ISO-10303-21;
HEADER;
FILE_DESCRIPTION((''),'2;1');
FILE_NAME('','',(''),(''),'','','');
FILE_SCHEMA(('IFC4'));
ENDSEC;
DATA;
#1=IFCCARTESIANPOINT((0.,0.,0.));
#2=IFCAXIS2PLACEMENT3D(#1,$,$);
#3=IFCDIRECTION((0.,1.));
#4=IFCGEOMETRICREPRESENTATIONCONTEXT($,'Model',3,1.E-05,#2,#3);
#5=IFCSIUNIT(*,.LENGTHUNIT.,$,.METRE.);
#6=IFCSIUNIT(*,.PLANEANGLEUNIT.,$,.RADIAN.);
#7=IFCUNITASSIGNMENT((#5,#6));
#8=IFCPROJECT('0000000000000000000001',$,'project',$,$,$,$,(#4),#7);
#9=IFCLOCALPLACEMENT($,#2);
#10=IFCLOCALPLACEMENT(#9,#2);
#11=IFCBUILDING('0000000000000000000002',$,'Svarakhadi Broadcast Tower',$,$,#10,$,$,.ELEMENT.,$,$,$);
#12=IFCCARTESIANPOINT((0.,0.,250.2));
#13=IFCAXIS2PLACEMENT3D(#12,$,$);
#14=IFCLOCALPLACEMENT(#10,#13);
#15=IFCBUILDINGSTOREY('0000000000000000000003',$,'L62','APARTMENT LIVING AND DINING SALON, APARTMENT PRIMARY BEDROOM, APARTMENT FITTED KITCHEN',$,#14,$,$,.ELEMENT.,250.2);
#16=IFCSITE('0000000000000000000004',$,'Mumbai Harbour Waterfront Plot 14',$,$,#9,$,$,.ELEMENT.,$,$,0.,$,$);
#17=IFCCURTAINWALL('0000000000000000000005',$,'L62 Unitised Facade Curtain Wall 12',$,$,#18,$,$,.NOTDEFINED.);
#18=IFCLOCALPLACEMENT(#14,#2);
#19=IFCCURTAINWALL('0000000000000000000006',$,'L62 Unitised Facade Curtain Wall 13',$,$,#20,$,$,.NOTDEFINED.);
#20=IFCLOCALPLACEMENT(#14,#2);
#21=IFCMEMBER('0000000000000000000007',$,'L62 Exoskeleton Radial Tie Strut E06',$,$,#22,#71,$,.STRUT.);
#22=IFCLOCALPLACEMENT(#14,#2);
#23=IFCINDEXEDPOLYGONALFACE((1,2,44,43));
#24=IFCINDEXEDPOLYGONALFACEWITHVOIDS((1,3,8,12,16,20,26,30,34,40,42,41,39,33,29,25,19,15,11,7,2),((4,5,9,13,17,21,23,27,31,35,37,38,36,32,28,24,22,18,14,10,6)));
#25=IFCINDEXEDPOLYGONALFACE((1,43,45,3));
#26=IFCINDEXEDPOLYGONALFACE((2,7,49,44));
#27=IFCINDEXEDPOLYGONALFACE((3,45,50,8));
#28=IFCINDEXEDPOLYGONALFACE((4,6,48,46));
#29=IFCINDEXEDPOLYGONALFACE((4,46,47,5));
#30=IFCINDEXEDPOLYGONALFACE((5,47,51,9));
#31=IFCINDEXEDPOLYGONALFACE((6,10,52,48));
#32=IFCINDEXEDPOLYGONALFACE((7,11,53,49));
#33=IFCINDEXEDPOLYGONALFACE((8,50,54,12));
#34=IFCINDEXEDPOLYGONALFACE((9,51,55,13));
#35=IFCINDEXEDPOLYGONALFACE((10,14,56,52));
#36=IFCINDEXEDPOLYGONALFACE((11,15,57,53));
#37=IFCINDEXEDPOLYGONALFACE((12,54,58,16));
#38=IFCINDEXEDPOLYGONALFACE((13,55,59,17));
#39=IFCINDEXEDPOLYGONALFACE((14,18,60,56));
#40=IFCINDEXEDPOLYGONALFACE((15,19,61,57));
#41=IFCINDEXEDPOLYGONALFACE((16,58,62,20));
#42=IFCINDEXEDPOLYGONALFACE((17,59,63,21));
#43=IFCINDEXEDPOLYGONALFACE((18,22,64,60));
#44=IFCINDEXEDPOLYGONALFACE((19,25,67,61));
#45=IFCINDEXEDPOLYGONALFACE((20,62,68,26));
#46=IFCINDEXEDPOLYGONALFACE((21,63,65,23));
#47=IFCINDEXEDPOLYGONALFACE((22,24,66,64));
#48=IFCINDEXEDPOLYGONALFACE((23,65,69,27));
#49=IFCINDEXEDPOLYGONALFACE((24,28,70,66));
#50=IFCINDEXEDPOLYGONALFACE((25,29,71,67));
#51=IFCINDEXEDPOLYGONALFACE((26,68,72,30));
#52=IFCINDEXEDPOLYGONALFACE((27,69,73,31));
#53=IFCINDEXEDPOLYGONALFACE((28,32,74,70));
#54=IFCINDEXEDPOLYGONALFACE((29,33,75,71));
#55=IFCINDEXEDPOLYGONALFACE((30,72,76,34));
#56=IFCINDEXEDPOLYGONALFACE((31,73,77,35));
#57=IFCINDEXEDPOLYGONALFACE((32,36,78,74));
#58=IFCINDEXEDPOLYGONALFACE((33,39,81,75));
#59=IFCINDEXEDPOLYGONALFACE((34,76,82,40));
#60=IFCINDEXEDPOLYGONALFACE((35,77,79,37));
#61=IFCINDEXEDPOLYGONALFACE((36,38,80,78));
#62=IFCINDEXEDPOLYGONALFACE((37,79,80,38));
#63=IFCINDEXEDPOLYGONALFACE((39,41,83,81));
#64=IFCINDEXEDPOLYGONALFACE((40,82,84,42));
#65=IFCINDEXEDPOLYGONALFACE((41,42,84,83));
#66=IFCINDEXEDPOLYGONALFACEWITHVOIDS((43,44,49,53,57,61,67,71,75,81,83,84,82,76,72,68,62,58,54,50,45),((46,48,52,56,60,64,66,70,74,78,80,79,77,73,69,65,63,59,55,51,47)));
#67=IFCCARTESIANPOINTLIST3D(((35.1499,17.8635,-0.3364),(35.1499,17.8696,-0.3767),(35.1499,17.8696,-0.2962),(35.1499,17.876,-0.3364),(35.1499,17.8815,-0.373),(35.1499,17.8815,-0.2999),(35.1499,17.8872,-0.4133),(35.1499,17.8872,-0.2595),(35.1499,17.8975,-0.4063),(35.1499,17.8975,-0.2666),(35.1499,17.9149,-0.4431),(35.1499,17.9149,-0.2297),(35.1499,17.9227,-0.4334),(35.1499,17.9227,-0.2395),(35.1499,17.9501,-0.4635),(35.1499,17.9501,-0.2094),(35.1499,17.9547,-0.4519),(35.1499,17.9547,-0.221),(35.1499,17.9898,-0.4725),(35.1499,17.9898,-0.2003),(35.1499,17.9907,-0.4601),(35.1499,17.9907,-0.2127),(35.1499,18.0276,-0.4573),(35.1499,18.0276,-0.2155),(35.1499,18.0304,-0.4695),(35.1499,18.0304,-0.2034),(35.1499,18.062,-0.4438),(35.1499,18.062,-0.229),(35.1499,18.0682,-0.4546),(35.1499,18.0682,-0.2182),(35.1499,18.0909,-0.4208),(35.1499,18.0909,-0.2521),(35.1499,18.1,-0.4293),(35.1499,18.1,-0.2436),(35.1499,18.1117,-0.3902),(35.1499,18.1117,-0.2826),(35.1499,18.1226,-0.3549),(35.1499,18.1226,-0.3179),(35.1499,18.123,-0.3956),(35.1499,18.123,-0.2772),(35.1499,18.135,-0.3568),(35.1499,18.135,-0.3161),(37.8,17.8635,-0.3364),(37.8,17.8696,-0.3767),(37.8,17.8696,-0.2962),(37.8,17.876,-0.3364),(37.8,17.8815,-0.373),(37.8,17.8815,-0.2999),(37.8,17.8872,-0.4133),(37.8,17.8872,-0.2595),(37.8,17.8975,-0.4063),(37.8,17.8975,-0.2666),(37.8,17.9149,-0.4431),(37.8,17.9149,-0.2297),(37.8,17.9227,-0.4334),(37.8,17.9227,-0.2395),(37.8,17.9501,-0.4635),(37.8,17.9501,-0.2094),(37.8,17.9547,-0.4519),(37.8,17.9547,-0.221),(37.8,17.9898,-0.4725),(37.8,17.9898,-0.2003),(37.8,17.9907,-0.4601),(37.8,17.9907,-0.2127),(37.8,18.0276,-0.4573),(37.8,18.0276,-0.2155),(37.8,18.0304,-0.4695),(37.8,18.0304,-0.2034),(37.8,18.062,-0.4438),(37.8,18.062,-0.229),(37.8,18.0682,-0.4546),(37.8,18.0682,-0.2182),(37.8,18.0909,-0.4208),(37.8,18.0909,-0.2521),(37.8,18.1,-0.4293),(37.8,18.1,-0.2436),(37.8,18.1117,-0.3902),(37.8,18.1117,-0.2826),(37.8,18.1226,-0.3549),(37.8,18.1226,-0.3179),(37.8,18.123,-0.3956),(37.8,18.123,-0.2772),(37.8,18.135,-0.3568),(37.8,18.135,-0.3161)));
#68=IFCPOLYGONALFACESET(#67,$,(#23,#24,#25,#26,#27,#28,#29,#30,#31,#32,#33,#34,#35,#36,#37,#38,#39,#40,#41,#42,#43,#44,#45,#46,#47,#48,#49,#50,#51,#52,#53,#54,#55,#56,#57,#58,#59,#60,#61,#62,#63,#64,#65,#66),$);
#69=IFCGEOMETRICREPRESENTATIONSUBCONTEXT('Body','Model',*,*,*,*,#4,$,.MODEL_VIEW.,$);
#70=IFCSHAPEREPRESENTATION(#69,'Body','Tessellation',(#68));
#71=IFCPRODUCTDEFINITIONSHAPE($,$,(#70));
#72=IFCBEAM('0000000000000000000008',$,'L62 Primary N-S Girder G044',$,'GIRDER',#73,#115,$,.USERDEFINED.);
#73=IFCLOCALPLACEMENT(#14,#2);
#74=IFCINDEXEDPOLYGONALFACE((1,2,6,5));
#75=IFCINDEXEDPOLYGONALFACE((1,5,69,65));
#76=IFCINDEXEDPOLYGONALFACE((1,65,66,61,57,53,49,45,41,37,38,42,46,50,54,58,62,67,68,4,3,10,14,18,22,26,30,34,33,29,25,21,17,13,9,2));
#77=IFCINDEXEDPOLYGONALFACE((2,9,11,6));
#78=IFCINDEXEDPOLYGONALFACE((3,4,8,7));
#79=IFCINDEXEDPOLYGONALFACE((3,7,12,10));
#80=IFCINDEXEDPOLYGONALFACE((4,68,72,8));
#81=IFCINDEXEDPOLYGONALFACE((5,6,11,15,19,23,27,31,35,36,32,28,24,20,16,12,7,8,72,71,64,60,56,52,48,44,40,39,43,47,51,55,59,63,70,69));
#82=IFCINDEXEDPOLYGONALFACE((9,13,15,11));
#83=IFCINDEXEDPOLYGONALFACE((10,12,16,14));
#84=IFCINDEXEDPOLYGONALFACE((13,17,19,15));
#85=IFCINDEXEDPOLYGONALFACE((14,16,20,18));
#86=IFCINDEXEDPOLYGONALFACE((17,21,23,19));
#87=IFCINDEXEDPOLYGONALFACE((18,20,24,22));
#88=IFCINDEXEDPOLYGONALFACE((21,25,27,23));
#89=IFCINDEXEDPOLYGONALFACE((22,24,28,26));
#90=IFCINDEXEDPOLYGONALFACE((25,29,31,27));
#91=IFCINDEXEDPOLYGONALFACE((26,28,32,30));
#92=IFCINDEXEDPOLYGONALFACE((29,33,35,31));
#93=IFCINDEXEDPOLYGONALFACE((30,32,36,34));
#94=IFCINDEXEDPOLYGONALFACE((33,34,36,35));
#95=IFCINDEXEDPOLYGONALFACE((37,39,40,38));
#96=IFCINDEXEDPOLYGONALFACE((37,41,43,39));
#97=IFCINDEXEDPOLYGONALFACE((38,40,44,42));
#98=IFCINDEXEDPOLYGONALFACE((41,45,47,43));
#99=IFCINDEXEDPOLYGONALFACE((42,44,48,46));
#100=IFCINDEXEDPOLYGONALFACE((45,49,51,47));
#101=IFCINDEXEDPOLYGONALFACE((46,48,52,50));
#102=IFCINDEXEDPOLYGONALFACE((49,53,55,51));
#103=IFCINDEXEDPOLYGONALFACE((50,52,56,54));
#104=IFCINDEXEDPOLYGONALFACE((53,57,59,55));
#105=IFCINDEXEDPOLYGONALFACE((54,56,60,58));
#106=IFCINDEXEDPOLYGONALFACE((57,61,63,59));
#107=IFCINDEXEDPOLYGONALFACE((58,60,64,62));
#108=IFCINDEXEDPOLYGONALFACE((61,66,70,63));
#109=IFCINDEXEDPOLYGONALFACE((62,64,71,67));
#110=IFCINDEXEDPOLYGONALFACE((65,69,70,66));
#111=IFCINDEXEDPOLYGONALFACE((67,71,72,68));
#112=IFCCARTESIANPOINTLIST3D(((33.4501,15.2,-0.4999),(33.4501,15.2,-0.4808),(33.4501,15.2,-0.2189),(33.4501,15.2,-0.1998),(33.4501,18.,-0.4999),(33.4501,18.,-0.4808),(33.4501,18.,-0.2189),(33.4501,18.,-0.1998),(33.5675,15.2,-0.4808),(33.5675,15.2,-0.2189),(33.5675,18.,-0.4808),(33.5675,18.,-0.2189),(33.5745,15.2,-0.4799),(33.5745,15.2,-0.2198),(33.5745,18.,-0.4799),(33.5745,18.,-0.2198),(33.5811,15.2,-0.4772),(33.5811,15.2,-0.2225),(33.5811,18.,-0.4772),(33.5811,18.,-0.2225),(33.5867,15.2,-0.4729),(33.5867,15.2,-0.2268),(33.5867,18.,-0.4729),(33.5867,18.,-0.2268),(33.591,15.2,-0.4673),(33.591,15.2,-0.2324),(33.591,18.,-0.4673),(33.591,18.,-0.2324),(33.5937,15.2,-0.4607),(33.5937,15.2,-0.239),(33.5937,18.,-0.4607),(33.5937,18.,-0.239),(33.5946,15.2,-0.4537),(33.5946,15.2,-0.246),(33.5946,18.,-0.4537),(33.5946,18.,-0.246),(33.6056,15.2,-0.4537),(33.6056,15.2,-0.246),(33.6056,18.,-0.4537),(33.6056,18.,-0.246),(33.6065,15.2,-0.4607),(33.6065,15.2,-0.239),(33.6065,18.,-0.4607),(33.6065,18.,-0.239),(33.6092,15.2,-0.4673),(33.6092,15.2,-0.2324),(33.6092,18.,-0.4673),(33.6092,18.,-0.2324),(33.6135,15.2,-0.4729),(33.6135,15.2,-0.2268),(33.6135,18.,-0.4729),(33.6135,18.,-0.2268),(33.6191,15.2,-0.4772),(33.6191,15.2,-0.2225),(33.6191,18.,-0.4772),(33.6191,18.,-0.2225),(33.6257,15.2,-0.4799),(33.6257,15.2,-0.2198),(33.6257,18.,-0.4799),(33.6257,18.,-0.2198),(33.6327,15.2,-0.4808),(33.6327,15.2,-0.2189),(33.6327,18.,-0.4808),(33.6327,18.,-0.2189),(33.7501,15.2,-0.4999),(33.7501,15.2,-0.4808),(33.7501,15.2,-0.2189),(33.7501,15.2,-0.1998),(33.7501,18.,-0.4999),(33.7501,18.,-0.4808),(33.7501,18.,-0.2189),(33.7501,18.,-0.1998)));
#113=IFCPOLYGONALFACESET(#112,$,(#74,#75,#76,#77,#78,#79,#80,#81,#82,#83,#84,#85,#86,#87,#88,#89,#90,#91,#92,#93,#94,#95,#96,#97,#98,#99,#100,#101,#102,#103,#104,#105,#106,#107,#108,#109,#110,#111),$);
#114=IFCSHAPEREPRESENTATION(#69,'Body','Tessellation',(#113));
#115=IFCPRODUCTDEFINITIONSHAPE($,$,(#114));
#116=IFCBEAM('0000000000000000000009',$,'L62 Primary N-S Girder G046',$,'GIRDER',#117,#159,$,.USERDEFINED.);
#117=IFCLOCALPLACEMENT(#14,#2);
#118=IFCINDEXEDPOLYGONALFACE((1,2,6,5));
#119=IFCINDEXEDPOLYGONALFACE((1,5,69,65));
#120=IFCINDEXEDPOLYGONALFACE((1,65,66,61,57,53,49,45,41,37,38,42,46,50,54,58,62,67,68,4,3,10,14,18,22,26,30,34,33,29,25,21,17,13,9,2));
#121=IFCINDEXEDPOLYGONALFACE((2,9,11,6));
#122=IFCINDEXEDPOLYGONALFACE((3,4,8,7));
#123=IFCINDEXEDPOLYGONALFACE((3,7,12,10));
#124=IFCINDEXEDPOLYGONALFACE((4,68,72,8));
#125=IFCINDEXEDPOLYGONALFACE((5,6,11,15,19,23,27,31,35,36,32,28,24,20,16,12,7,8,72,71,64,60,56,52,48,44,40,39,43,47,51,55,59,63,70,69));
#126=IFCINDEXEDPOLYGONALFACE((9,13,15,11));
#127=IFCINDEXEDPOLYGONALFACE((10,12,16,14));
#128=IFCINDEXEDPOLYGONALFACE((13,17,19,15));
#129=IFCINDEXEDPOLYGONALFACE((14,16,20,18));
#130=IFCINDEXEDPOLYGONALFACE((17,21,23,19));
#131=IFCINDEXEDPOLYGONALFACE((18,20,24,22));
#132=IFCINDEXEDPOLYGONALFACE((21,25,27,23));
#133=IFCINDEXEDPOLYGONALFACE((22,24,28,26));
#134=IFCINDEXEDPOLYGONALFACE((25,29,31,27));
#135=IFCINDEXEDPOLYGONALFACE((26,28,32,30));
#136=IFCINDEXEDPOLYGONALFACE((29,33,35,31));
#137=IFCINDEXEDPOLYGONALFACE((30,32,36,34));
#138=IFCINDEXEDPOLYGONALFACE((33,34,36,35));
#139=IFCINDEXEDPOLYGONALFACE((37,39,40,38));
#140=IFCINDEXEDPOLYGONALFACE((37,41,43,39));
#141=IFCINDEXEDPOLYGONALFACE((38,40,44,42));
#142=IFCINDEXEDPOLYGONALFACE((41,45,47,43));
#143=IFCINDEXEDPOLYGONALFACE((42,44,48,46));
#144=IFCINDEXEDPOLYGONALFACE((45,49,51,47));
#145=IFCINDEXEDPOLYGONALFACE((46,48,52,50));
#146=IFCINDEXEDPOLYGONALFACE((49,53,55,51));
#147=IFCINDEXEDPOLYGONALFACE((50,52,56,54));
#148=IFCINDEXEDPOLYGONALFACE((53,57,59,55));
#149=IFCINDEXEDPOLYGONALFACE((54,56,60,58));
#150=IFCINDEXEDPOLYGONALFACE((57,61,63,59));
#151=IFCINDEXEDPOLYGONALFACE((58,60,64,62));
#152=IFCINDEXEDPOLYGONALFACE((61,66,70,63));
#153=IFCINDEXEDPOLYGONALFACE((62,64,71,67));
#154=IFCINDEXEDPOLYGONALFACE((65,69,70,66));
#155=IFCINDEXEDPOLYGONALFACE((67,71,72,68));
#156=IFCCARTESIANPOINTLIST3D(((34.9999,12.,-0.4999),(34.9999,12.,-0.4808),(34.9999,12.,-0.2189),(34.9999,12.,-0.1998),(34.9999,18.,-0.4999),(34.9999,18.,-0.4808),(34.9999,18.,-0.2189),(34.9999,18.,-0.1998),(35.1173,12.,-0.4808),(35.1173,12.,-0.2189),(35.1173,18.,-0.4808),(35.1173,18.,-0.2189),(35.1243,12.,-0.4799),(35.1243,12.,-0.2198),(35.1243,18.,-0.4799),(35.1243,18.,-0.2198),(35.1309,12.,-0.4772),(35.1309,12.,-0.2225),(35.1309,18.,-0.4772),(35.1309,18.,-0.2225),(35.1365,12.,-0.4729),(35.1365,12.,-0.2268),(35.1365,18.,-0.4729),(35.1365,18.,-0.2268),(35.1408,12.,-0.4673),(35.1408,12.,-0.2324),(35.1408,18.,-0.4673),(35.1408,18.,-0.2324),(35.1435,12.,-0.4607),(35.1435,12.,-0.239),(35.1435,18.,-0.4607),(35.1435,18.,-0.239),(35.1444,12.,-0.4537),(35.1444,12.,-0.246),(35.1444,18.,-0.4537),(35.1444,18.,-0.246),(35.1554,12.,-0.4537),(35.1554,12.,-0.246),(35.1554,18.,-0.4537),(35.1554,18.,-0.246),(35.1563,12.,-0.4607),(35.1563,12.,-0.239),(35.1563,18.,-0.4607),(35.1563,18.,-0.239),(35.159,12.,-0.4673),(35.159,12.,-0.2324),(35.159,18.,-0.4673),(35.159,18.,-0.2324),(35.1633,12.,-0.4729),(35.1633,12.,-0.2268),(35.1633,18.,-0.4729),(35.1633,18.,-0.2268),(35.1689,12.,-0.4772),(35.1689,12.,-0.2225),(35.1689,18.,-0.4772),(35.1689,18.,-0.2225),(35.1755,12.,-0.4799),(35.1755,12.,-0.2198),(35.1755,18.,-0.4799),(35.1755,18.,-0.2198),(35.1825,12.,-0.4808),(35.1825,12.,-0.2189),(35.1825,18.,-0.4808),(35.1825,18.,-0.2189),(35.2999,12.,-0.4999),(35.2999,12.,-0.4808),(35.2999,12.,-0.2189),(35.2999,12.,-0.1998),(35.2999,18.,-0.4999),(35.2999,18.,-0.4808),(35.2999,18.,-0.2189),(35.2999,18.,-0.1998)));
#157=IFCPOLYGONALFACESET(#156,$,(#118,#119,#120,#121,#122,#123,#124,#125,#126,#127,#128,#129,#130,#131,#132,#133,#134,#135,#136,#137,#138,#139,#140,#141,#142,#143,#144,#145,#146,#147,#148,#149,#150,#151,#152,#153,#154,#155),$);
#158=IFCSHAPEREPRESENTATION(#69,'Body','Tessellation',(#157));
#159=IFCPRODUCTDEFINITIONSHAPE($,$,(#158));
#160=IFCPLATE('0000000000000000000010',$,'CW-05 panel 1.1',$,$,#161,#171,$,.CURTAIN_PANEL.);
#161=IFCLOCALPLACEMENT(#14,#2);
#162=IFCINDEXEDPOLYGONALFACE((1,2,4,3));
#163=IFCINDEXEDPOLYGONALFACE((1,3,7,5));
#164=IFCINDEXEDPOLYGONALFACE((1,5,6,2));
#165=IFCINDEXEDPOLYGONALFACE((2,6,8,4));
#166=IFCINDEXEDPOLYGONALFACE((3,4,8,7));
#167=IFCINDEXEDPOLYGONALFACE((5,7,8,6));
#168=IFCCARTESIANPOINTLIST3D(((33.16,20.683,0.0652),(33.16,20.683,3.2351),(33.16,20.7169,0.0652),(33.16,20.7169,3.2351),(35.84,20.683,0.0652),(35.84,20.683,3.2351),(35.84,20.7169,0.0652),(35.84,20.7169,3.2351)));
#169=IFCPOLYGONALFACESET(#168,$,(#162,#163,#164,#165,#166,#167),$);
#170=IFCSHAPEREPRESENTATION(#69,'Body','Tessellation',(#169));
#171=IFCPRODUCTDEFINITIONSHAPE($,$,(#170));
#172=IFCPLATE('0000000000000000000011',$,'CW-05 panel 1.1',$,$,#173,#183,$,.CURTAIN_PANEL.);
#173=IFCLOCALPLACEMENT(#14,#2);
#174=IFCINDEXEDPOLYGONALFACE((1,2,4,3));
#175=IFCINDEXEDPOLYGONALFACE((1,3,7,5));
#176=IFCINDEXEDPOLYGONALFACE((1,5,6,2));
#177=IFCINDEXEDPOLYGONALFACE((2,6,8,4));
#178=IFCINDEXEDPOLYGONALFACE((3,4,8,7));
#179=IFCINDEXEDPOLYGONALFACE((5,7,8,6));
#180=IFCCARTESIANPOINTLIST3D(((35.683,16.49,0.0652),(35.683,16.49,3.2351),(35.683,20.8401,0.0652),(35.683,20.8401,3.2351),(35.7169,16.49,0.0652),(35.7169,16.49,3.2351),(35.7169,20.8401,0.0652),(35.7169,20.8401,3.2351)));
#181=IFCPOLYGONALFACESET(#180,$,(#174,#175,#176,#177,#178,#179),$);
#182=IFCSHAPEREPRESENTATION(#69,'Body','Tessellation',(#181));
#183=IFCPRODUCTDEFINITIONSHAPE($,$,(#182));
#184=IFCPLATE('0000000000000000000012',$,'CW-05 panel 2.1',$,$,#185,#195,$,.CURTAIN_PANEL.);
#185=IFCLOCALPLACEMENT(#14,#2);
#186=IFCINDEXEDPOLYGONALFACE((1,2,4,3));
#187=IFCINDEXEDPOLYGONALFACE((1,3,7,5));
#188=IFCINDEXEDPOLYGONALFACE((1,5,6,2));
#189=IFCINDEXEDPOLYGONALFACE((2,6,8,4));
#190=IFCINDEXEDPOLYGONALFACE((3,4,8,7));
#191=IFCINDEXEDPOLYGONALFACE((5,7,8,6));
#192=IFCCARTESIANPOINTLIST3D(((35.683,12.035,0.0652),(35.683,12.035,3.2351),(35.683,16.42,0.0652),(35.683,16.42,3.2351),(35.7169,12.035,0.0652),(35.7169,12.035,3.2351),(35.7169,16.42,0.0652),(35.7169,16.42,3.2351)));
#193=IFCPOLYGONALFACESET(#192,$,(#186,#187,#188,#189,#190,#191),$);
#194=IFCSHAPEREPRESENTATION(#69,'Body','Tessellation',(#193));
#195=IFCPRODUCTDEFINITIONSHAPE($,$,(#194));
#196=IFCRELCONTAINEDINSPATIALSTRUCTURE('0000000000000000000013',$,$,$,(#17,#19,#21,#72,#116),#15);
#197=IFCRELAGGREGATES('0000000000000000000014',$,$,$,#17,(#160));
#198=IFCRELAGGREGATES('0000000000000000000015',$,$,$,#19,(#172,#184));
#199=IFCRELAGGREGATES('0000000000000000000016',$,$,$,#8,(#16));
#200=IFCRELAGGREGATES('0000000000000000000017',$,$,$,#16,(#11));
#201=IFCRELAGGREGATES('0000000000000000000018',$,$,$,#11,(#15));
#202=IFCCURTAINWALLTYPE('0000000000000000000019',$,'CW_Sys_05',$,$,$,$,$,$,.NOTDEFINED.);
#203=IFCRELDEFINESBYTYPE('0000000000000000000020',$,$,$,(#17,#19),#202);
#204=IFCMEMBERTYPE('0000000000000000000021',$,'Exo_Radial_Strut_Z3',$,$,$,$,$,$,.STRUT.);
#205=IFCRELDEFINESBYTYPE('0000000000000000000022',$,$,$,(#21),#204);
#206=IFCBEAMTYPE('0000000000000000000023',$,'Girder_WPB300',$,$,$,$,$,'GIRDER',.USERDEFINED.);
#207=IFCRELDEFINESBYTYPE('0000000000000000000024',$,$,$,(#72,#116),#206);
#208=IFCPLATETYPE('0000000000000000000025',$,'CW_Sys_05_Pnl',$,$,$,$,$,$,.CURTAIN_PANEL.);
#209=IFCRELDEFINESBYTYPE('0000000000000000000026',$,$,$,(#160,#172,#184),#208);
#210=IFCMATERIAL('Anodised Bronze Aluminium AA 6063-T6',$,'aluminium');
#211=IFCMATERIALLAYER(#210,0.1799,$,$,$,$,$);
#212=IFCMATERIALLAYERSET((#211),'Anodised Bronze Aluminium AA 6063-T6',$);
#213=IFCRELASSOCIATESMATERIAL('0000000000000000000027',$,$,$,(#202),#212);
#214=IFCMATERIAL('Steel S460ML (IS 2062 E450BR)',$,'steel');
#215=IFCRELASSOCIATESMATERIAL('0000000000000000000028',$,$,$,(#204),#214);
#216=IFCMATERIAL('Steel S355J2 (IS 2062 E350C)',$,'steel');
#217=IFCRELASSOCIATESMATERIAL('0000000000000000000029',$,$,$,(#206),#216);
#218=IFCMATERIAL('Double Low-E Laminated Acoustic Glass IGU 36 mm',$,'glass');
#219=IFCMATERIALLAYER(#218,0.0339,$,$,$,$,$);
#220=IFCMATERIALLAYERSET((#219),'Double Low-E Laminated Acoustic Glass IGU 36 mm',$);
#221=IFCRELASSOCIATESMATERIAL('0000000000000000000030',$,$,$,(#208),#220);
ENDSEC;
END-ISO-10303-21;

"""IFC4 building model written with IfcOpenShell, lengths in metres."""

from ifc_helpers import new_model, si_unit, direction, frame, origin, origin_2d, place, context, subcontext, project, spatial, rectangle, hollow_circle, i_section, extrude, material, layer, layer_set, material_profile, profile_set, type_object, element, aggregate, save


model = new_model("IFC4")

# Units and contexts
model_context = context("Model", 3, precision=1e-05, world=origin(), true_north=direction((0.0, 1.0)))
body_context = subcontext(model_context, "Body", "Model", "MODEL_VIEW")
ifc_project = project(units=[si_unit("LENGTHUNIT", "METRE"), si_unit("PLANEANGLEUNIT", "RADIAN")], contexts=[model_context])

# Site, building, storey
site_placement = place(None, origin())
site = spatial("IfcSite", under=ifc_project, at=site_placement, Name="Mumbai Harbour Waterfront Plot 14", CompositionType="ELEMENT", RefElevation=0.0)
building_placement = place(site_placement, origin())
building = spatial("IfcBuilding", under=site, at=building_placement, Name="Svarakhadi Broadcast Tower", CompositionType="ELEMENT")
storey_placement = place(building_placement, frame((0.0, 0.0, 250.2)))
storey = spatial("IfcBuildingStorey", under=building, at=storey_placement, Name="L62", Description="APARTMENT LIVING AND DINING SALON, APARTMENT PRIMARY BEDROOM, APARTMENT FITTED KITCHEN", CompositionType="ELEMENT", Elevation=250.2)

# Shared definitions
ifc_material_1 = material(Name="Steel S460ML (IS 2062 E450BR)", Category="steel")

# Curtain wall
ifc_material_2 = material(Name="Anodised Bronze Aluminium AA 6063-T6", Category="aluminium")
ifc_layer_1 = layer(ifc_material_2, 0.1799)
ifc_layer_set_1 = layer_set([ifc_layer_1], Name="Anodised Bronze Aluminium AA 6063-T6")
curtain_wall_type = type_object("IfcCurtainWallType", Name="CW_Sys_05", PredefinedType="NOTDEFINED", material=ifc_layer_set_1)
curtain_wall_1_placement = place(storey_placement, origin())
curtain_wall_1 = element("IfcCurtainWall", 1, at=curtain_wall_1_placement, inside=storey, type_object=curtain_wall_type, Name="L62 Unitised Facade Curtain Wall 12", PredefinedType="NOTDEFINED")

# Curtain wall
curtain_wall_2_placement = place(storey_placement, origin())
curtain_wall_2 = element("IfcCurtainWall", 2, at=curtain_wall_2_placement, inside=storey, type_object=curtain_wall_type, Name="L62 Unitised Facade Curtain Wall 13", PredefinedType="NOTDEFINED")

# Member
ifc_material_profile_1 = material_profile(ifc_material_1, hollow_circle(Radius=0.1365, WallThickness=0.0125, at=origin_2d()), Name="CHS 273x12.5")
ifc_profile_set_1 = profile_set([ifc_material_profile_1], Name="Steel S460ML (IS 2062 E450BR)")
member_type_1 = type_object("IfcMemberType", Name="Exo_Radial_Strut_Z3", PredefinedType="STRUT", material=ifc_profile_set_1)
member_1_placement = place(storey_placement, frame((37.8, 18.0, -0.3364), z_axis=(-1.0, 0.0, 0.0), x_axis=(0.0, -1.0, 0.0)))
element("IfcMember", 3, at=member_1_placement, inside=storey, type_object=member_type_1, Name="L62 Exoskeleton Radial Tie Strut E06", PredefinedType="STRUT", context=body_context, shape_type="SweptSolid", body=[
    extrude(hollow_circle(Radius=0.1365, WallThickness=0.0125, at=origin_2d()), origin(), (0.0, 0.0, 1.0), 2.6501),
])

# Beams
ifc_material_3 = material(Name="Steel S355J2 (IS 2062 E350C)", Category="steel")
ifc_material_profile_2 = material_profile(ifc_material_3, i_section(OverallWidth=0.3, OverallDepth=0.3, WebThickness=0.011, FlangeThickness=0.019, FilletRadius=0.0271, at=origin_2d()), Name="WPB 300x300x117")
ifc_profile_set_2 = profile_set([ifc_material_profile_2], Name="Steel S355J2 (IS 2062 E350C)")
beam_type = type_object("IfcBeamType", Name="Girder_WPB300", ElementType="GIRDER", PredefinedType="USERDEFINED", material=ifc_profile_set_2)
beam_1_placement = place(storey_placement, frame((33.6001, 15.2, -0.3499), z_axis=(0.0, 1.0, 0.0), x_axis=(-1.0, 0.0, 0.0)))
element("IfcBeam", 4, at=beam_1_placement, inside=storey, type_object=beam_type, Name="L62 Primary N-S Girder G044", ObjectType="GIRDER", PredefinedType="USERDEFINED", context=body_context, shape_type="SweptSolid", body=[
    extrude(i_section(OverallWidth=0.3, OverallDepth=0.3, WebThickness=0.011, FlangeThickness=0.019, FilletRadius=0.0271, at=origin_2d()), origin(), (0.0, 0.0, 1.0), 2.8),
])
beam_2_placement = place(storey_placement, frame((35.1499, 12.0, -0.3499), z_axis=(0.0, 1.0, 0.0), x_axis=(-1.0, 0.0, 0.0)))
element("IfcBeam", 5, at=beam_2_placement, inside=storey, type_object=beam_type, Name="L62 Primary N-S Girder G046", ObjectType="GIRDER", PredefinedType="USERDEFINED", context=body_context, shape_type="SweptSolid", body=[
    extrude(i_section(OverallWidth=0.3, OverallDepth=0.3, WebThickness=0.011, FlangeThickness=0.019, FilletRadius=0.0271, at=origin_2d()), origin(), (0.0, 0.0, 1.0), 6.0),
])

# Plates
ifc_material_4 = material(Name="Double Low-E Laminated Acoustic Glass IGU 36 mm", Category="glass")
ifc_layer_2 = layer(ifc_material_4, 0.0339)
ifc_layer_set_2 = layer_set([ifc_layer_2], Name="Double Low-E Laminated Acoustic Glass IGU 36 mm")
plate_type_1 = type_object("IfcPlateType", Name="CW_Sys_05_Pnl", PredefinedType="CURTAIN_PANEL", material=ifc_layer_set_2)
plate_1_placement = place(storey_placement, frame((34.5, 20.7, 0.0652), z_axis=(0.0, 0.0, 1.0), x_axis=(1.0, 0.0, 0.0)))
plate_1 = element("IfcPlate", 6, at=plate_1_placement, type_object=plate_type_1, Name="CW-05 panel 1.1", PredefinedType="CURTAIN_PANEL", context=body_context, shape_type="SweptSolid", body=[
    extrude(rectangle(XDim=2.6799, YDim=0.0339, at=origin_2d()), origin(), (0.0, 0.0, 1.0), 3.1699),
])
aggregate(curtain_wall_1, [plate_1])
plate_2_placement = place(storey_placement, frame((35.7, 18.665, 0.0652), z_axis=(0.0, 0.0, 1.0), x_axis=(0.0, -1.0, 0.0)))
plate_2 = element("IfcPlate", 7, at=plate_2_placement, type_object=plate_type_1, Name="CW-05 panel 1.1", PredefinedType="CURTAIN_PANEL", context=body_context, shape_type="SweptSolid", body=[
    extrude(rectangle(XDim=4.3501, YDim=0.0339, at=origin_2d()), origin(), (0.0, 0.0, 1.0), 3.1699),
])
plate_3_placement = place(storey_placement, frame((35.7, 14.2275, 0.0652), z_axis=(0.0, 0.0, 1.0), x_axis=(0.0, -1.0, 0.0)))
plate_3 = element("IfcPlate", 8, at=plate_3_placement, type_object=plate_type_1, Name="CW-05 panel 2.1", PredefinedType="CURTAIN_PANEL", context=body_context, shape_type="SweptSolid", body=[
    extrude(rectangle(XDim=4.385, YDim=0.0339, at=origin_2d()), origin(), (0.0, 0.0, 1.0), 3.1699),
])
aggregate(curtain_wall_2, [plate_2, plate_3])

save(model, "model.ifc")
